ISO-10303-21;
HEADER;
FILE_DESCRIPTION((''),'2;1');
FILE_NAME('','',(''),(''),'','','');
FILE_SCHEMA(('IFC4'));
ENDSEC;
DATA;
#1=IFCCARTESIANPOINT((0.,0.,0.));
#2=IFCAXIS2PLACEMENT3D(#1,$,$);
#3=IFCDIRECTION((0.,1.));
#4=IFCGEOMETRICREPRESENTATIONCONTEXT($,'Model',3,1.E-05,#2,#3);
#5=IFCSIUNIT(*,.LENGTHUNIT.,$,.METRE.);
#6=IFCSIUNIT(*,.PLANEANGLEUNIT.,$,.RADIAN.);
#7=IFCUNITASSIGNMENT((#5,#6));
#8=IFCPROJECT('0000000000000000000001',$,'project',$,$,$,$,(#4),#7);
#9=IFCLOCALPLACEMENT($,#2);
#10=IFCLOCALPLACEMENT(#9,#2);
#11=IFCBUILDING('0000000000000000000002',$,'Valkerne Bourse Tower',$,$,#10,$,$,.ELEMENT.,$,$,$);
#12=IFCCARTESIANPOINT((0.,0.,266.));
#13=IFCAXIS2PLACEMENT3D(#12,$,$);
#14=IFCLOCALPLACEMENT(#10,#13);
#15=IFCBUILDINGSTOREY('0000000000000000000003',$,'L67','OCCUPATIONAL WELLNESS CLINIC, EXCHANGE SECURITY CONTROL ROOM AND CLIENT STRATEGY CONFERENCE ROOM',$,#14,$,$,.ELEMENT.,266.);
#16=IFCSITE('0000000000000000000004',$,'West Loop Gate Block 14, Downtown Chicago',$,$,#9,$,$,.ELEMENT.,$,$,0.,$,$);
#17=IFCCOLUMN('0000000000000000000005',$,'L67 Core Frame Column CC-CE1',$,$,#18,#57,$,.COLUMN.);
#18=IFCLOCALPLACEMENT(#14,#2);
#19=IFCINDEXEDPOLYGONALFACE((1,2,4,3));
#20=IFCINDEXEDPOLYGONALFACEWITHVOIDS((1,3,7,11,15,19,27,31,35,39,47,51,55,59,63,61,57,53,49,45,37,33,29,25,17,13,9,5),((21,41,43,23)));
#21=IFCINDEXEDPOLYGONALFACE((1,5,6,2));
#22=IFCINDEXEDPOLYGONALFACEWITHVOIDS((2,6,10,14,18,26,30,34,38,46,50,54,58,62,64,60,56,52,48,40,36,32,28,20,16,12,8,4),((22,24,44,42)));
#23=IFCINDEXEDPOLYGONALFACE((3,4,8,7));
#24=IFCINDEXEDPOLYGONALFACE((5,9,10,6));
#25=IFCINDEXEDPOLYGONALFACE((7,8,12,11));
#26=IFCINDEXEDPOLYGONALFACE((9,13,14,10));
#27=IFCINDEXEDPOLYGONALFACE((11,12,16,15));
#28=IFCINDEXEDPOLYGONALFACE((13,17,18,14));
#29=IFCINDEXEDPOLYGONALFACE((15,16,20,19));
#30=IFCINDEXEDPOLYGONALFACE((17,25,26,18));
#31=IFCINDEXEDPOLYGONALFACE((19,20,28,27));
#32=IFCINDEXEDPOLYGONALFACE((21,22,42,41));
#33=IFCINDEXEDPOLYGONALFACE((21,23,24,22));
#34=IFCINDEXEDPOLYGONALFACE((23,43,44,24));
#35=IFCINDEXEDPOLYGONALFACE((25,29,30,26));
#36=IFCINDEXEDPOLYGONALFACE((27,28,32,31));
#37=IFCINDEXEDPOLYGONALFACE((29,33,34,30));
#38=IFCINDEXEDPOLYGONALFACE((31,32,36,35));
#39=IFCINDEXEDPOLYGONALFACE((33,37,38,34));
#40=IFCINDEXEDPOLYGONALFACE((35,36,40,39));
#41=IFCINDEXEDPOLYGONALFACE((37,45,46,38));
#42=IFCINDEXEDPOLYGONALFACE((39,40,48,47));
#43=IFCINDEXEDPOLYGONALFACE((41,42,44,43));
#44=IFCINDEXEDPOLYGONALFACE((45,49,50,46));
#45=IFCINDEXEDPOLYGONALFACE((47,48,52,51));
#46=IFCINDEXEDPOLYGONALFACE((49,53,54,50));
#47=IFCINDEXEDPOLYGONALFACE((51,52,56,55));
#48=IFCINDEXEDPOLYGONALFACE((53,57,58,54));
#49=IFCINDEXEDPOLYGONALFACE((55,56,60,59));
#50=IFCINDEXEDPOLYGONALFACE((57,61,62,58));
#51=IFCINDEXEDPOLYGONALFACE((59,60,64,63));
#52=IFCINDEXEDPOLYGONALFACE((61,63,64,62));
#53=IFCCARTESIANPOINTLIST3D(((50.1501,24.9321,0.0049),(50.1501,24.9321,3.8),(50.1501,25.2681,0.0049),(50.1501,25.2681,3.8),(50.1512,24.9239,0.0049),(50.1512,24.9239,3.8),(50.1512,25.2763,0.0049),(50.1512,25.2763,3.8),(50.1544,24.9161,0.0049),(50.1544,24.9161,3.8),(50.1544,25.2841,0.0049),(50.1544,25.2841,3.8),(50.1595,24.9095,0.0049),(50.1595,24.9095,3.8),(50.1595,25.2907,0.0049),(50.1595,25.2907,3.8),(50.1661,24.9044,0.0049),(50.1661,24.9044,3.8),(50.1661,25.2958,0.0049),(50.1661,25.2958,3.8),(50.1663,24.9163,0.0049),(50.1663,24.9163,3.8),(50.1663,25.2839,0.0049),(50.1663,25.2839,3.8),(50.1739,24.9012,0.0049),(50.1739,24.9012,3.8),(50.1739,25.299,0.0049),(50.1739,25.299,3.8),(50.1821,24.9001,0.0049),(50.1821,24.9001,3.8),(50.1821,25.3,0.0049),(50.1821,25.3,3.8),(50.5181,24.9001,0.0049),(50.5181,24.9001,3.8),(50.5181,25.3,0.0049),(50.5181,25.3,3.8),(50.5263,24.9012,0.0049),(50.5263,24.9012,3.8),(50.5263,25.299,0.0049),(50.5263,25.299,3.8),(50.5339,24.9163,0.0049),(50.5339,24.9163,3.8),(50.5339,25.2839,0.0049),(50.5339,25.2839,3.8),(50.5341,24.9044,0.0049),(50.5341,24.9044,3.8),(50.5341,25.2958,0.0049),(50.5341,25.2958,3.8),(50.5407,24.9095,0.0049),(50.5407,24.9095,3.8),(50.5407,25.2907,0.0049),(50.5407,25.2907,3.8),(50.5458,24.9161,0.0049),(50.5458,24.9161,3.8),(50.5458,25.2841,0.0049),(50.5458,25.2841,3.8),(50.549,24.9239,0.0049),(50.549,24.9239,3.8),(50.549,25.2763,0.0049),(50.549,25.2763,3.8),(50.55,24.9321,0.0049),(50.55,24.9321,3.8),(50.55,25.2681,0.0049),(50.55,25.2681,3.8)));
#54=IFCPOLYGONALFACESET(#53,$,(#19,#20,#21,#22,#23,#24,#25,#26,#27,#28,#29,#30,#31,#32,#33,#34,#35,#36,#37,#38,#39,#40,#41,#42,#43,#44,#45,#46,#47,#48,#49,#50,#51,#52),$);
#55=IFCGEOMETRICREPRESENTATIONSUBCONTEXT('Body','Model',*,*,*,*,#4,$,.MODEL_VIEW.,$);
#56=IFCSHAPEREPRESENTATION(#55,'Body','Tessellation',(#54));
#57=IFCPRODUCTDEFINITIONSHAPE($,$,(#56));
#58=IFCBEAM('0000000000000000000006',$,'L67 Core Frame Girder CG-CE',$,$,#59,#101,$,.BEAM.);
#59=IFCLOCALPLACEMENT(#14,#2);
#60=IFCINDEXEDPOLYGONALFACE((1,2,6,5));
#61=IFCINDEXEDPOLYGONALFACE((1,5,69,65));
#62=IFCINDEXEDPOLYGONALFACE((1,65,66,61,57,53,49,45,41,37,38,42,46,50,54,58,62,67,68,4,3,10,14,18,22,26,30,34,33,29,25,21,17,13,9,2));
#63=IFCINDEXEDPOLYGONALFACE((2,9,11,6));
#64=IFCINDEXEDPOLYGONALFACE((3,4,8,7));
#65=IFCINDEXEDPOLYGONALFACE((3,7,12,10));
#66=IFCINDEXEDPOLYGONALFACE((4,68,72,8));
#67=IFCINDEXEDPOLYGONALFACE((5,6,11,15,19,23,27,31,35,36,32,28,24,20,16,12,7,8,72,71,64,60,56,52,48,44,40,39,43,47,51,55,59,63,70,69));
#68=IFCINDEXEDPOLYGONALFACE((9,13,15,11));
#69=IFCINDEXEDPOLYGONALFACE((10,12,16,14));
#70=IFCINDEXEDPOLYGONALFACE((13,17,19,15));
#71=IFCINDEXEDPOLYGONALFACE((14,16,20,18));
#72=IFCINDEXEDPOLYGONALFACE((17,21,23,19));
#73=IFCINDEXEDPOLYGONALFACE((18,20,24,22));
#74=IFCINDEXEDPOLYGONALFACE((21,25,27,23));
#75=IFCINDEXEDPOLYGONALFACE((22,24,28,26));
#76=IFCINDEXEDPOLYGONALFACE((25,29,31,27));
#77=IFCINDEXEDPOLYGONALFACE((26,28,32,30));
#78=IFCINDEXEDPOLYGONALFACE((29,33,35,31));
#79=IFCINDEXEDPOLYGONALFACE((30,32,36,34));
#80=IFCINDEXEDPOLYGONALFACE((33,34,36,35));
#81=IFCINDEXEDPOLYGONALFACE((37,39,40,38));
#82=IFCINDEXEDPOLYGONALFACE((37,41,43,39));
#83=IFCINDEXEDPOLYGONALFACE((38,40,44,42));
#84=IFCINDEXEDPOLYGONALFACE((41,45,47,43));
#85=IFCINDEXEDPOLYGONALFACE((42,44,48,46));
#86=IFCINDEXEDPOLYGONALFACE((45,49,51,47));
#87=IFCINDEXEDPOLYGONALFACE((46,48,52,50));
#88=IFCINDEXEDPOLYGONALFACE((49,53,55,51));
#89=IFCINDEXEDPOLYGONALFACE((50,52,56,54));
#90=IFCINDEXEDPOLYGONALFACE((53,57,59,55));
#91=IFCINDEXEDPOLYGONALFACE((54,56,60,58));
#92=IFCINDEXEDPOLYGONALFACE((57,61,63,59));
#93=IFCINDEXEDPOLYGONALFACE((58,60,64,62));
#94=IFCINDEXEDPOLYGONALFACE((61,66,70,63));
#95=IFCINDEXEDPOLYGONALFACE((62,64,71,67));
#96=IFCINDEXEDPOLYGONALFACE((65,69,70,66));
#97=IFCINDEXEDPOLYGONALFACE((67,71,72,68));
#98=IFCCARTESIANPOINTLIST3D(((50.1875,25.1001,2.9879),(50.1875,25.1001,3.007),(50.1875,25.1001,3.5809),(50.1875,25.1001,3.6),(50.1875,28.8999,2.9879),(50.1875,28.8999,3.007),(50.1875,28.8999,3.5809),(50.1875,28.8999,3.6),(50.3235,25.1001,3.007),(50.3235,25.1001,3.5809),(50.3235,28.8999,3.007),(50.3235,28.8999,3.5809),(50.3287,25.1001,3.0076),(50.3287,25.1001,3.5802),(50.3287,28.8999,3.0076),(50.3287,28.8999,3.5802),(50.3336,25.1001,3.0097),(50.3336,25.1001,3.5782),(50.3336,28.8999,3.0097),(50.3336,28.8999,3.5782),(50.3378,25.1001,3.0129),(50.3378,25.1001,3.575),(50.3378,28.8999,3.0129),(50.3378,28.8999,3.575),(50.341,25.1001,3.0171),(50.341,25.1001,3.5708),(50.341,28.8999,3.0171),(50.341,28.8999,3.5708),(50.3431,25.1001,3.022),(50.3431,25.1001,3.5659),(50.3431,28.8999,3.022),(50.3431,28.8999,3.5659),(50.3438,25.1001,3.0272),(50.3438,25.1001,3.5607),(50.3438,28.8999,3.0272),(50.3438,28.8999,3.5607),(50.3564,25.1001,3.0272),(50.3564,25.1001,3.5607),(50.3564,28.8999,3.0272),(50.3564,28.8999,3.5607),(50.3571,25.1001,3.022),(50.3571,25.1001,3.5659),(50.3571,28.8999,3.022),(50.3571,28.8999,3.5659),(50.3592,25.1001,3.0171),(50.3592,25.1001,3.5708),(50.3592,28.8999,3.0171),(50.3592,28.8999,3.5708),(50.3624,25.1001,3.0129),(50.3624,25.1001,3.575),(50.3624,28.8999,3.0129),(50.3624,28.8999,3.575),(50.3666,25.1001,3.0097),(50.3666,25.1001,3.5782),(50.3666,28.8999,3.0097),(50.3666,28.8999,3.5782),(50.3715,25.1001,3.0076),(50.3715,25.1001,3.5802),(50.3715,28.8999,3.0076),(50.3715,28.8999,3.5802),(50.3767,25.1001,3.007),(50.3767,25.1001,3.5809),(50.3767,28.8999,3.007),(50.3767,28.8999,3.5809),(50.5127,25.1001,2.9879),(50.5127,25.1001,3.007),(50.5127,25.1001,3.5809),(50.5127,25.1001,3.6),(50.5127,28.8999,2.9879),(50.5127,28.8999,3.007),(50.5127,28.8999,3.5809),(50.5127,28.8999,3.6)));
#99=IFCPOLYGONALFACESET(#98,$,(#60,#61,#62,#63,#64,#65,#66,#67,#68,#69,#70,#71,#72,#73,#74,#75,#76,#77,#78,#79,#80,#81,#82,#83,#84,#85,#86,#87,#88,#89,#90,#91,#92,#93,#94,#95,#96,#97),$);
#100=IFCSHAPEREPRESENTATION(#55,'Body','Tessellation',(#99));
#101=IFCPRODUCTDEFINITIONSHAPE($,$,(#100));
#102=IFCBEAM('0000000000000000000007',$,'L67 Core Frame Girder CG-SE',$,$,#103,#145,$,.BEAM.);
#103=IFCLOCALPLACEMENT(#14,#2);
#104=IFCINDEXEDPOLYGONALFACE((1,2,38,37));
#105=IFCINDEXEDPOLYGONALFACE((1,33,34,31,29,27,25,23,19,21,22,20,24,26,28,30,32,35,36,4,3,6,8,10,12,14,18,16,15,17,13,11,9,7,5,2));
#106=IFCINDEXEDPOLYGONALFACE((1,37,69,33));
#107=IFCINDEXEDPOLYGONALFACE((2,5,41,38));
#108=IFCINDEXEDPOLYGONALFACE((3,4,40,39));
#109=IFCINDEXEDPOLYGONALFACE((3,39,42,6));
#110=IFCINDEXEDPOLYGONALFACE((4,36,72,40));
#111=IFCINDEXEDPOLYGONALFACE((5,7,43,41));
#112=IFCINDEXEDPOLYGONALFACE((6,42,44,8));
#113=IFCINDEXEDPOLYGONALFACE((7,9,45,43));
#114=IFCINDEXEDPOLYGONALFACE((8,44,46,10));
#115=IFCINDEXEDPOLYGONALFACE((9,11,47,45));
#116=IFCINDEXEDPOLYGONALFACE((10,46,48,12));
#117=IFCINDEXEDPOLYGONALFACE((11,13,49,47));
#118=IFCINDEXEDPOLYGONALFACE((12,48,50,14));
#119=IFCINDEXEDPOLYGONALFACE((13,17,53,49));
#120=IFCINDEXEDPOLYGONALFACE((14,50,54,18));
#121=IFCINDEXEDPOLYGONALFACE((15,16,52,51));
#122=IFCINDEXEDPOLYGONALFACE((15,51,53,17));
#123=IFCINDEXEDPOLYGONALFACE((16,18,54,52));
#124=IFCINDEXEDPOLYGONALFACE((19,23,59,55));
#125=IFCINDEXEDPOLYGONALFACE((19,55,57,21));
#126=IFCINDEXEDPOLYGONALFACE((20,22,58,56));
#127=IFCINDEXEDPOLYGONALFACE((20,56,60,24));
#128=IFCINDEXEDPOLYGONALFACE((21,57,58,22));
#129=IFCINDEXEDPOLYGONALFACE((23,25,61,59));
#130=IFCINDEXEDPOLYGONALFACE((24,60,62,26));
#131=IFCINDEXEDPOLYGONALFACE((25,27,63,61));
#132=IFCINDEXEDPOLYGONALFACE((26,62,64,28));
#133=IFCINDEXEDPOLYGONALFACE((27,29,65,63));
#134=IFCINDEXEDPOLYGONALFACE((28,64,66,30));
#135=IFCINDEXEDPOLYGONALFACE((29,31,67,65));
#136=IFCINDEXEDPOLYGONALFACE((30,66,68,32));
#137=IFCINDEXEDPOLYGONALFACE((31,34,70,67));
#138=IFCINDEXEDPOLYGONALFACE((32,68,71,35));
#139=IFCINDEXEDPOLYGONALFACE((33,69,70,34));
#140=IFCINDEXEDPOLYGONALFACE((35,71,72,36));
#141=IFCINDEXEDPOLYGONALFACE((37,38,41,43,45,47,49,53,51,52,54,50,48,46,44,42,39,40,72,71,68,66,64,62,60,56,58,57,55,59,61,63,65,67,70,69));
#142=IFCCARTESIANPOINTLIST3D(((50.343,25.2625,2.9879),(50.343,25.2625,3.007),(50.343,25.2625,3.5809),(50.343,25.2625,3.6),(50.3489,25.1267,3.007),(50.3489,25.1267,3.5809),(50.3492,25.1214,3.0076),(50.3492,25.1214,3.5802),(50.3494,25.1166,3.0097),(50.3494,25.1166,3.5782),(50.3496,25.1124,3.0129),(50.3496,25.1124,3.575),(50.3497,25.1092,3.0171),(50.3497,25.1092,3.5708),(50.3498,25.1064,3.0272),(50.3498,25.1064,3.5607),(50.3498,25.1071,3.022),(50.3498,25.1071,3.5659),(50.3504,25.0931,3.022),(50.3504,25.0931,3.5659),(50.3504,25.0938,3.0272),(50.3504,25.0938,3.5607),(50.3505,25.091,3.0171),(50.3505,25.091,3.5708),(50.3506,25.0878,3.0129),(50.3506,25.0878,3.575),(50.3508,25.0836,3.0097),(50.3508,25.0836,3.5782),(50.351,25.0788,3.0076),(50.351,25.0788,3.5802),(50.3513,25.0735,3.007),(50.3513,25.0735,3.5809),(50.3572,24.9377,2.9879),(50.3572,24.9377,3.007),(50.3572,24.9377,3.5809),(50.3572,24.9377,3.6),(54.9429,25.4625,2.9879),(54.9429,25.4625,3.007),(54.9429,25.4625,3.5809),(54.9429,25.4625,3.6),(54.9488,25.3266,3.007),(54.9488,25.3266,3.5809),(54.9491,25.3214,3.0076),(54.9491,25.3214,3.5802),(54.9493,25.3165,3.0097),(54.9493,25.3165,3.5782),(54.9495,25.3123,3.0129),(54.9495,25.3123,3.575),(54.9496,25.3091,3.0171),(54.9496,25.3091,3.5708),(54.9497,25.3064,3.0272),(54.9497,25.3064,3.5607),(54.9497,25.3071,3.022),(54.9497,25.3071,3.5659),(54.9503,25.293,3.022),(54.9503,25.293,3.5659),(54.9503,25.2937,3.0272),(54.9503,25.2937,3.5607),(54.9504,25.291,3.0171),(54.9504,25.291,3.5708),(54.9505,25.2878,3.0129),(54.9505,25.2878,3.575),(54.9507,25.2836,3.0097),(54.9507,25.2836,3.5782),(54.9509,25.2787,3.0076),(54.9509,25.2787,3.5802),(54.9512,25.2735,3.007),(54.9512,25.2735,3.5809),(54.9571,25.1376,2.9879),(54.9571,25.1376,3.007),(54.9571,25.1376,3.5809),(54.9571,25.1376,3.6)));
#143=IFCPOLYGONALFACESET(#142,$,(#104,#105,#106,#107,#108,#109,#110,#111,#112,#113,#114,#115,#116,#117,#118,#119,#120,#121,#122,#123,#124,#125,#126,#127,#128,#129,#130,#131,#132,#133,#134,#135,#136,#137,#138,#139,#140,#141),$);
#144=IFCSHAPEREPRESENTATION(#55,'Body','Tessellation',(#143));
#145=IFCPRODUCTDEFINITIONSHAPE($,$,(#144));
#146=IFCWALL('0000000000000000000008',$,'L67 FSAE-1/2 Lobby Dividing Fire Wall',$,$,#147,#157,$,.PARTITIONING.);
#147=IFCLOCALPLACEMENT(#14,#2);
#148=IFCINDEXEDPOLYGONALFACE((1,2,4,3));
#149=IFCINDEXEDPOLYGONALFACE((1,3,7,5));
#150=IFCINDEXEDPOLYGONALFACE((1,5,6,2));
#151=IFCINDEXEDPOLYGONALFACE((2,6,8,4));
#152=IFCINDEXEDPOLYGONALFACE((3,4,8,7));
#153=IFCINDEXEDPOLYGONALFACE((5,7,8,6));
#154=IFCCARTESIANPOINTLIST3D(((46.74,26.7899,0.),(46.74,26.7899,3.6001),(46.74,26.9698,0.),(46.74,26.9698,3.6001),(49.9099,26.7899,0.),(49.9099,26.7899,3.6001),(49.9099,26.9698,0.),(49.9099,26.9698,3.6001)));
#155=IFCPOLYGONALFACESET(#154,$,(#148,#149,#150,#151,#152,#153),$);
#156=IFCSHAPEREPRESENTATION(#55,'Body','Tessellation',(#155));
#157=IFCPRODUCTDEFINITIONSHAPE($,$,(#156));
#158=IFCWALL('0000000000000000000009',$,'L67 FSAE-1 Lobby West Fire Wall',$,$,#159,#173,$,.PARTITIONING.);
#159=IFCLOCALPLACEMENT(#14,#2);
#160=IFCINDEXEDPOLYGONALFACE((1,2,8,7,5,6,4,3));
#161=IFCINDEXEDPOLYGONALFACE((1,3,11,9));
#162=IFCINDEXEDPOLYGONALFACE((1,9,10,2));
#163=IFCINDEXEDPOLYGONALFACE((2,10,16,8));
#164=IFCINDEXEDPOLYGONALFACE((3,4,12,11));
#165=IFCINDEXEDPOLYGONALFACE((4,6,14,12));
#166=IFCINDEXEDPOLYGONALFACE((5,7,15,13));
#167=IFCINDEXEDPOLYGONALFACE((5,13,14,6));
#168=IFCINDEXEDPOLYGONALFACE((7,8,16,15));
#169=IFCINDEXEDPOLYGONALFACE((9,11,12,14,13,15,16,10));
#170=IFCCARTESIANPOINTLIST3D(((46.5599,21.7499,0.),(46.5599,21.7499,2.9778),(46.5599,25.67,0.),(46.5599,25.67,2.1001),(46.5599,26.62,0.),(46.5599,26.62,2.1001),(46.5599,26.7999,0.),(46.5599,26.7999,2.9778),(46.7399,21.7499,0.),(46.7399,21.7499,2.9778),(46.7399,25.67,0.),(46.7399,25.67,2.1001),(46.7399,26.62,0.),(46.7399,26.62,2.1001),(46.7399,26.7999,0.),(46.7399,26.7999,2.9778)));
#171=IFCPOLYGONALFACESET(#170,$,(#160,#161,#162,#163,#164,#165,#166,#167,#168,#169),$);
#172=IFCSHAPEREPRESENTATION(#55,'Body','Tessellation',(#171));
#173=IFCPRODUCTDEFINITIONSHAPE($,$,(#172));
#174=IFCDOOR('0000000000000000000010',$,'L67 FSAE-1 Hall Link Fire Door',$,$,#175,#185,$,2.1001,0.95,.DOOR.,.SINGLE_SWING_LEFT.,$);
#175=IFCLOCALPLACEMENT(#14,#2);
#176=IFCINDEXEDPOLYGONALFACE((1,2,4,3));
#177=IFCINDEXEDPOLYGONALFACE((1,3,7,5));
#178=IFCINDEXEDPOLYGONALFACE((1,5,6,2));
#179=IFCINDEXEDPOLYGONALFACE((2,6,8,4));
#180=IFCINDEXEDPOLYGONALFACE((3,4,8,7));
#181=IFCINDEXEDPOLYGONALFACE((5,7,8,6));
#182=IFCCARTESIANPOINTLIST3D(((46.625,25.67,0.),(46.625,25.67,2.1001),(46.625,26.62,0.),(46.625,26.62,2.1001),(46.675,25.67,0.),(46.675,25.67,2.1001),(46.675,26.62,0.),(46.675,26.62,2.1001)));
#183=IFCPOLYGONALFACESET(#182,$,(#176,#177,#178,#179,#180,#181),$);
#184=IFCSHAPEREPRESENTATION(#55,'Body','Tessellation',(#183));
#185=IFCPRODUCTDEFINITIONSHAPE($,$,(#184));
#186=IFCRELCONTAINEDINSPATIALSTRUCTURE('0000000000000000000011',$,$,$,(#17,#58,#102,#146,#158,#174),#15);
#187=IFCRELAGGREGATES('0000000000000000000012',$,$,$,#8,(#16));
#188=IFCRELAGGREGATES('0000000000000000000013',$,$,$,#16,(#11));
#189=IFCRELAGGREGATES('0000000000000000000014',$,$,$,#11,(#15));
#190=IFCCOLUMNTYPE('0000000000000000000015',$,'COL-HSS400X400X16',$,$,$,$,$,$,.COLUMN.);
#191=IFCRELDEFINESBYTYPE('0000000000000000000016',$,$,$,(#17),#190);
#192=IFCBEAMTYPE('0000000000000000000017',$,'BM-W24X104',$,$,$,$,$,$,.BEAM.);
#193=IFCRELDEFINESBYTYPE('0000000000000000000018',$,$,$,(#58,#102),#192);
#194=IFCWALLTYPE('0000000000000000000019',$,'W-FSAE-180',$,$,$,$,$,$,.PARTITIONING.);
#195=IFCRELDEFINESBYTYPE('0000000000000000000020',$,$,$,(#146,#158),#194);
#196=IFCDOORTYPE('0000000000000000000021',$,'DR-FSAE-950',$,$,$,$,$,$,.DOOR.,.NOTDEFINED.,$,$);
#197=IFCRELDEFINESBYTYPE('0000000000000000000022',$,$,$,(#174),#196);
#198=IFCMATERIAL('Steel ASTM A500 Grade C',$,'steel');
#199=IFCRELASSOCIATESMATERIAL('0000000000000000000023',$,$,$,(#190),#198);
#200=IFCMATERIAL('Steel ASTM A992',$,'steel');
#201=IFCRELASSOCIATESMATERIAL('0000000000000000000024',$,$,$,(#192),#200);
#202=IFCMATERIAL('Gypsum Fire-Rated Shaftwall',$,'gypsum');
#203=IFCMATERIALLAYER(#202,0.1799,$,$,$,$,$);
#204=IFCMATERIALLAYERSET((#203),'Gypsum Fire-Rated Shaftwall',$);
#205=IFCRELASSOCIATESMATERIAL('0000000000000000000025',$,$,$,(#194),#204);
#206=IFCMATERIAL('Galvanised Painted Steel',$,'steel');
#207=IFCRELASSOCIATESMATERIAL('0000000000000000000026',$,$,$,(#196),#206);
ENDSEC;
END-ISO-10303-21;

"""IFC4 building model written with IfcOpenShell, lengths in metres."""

from ifc_helpers import new_model, si_unit, direction, frame, frame_2d, origin, origin_2d, place, context, subcontext, project, spatial, rectangle, hollow_rectangle, i_section, extrude, material, layer, layer_set, material_profile, profile_set, type_object, element, fill, save


model = new_model("IFC4")

# Units and contexts
model_context = context("Model", 3, precision=1e-05, world=origin(), true_north=direction((0.0, 1.0)))
body_context = subcontext(model_context, "Body", "Model", "MODEL_VIEW")
ifc_project = project(units=[si_unit("LENGTHUNIT", "METRE"), si_unit("PLANEANGLEUNIT", "RADIAN")], contexts=[model_context])

# Site, building, storey
site_placement = place(None, origin())
site = spatial("IfcSite", under=ifc_project, at=site_placement, Name="West Loop Gate Block 14, Downtown Chicago", CompositionType="ELEMENT", RefElevation=0.0)
building_placement = place(site_placement, origin())
building = spatial("IfcBuilding", under=site, at=building_placement, Name="Valkerne Bourse Tower", CompositionType="ELEMENT")
storey_placement = place(building_placement, frame((0.0, 0.0, 266.0)))
storey = spatial("IfcBuildingStorey", under=building, at=storey_placement, Name="L67", Description="OCCUPATIONAL WELLNESS CLINIC, EXCHANGE SECURITY CONTROL ROOM AND CLIENT STRATEGY CONFERENCE ROOM", CompositionType="ELEMENT", Elevation=266.0)

# Column
ifc_material_1 = material(Name="Steel ASTM A500 Grade C", Category="steel")
ifc_material_profile_1 = material_profile(ifc_material_1, hollow_rectangle(XDim=0.3999, YDim=0.3999, WallThickness=0.0161, OuterFilletRadius=0.032, at=origin_2d()), Name="HSS400X400X16")
ifc_profile_set_1 = profile_set([ifc_material_profile_1], Name="Steel ASTM A500 Grade C")
column_type = type_object("IfcColumnType", Name="COL-HSS400X400X16", PredefinedType="COLUMN", material=ifc_profile_set_1)
column_placement = place(storey_placement, frame((50.3501, 25.1001, 0.0049), z_axis=(0.0, 0.0, 1.0), x_axis=(1.0, 0.0, 0.0)))
element("IfcColumn", 1, at=column_placement, inside=storey, type_object=column_type, Name="L67 Core Frame Column CC-CE1", PredefinedType="COLUMN", context=body_context, shape_type="SweptSolid", body=[
    extrude(hollow_rectangle(XDim=0.3999, YDim=0.3999, WallThickness=0.0161, OuterFilletRadius=0.032, at=origin_2d()), origin(), (0.0, 0.0, 1.0), 3.7952),
])

# Beams
ifc_material_2 = material(Name="Steel ASTM A992", Category="steel")
ifc_material_profile_2 = material_profile(ifc_material_2, i_section(OverallWidth=0.3252, OverallDepth=0.6121, WebThickness=0.0127, FlangeThickness=0.019, FilletRadius=0.0203, at=origin_2d()), Name="W24X104")
ifc_profile_set_2 = profile_set([ifc_material_profile_2], Name="Steel ASTM A992")
beam_type = type_object("IfcBeamType", Name="BM-W24X104", PredefinedType="BEAM", material=ifc_profile_set_2)
beam_1_placement = place(storey_placement, frame((50.3501, 25.1001, 3.2939), z_axis=(0.0, 1.0, 0.0), x_axis=(-1.0, 0.0, 0.0)))
element("IfcBeam", 2, at=beam_1_placement, inside=storey, type_object=beam_type, Name="L67 Core Frame Girder CG-CE", PredefinedType="BEAM", context=body_context, shape_type="SweptSolid", body=[
    extrude(i_section(OverallWidth=0.3252, OverallDepth=0.6121, WebThickness=0.0127, FlangeThickness=0.019, FilletRadius=0.0203, at=origin_2d()), origin(), (0.0, 0.0, 1.0), 3.7998),
])
beam_2_placement = place(storey_placement, frame((50.3501, 25.1001, 3.2939), z_axis=(0.999057, 0.043428, 0.0), x_axis=(-0.043428, 0.999057, 0.0)))
element("IfcBeam", 3, at=beam_2_placement, inside=storey, type_object=beam_type, Name="L67 Core Frame Girder CG-SE", PredefinedType="BEAM", context=body_context, shape_type="SweptSolid", body=[
    extrude(i_section(OverallWidth=0.3252, OverallDepth=0.6121, WebThickness=0.0127, FlangeThickness=0.019, FilletRadius=0.0203, at=origin_2d()), origin(), (0.0, 0.0, 1.0), 4.6042),
])

# Wall
ifc_material_3 = material(Name="Gypsum Fire-Rated Shaftwall", Category="gypsum")
ifc_layer_1 = layer(ifc_material_3, 0.1799)
ifc_layer_set_1 = layer_set([ifc_layer_1], Name="Gypsum Fire-Rated Shaftwall")
wall_type_1 = type_object("IfcWallType", Name="W-FSAE-180", PredefinedType="PARTITIONING", material=ifc_layer_set_1)
wall_1_placement = place(storey_placement, frame((46.74, 26.8799, 0.0), z_axis=(0.0, 0.0, 1.0), x_axis=(1.0, 0.0, 0.0)))
element("IfcWall", 4, at=wall_1_placement, inside=storey, type_object=wall_type_1, Name="L67 FSAE-1/2 Lobby Dividing Fire Wall", PredefinedType="PARTITIONING", context=body_context, shape_type="SweptSolid", body=[
    extrude(rectangle(XDim=3.1699, YDim=0.1799, at=frame_2d((1.585, 0.0))), origin(), (0.0, 0.0, 1.0), 3.6001),
])

# Wall, opening, door
wall_2_placement = place(storey_placement, frame((46.6499, 21.75, 0.0), z_axis=(0.0, 0.0, 1.0), x_axis=(0.0, 1.0, 0.0)))
wall_2 = element("IfcWall", 5, at=wall_2_placement, inside=storey, type_object=wall_type_1, Name="L67 FSAE-1 Lobby West Fire Wall", PredefinedType="PARTITIONING", context=body_context, shape_type="SweptSolid", body=[
    extrude(rectangle(XDim=5.05, YDim=0.1799, at=frame_2d((2.5249, 0.0))), origin(), (0.0, 0.0, 1.0), 2.9778),
])
opening_1_placement = place(wall_2_placement, frame((3.9199, 0.0, 0.0)))
opening_1 = element("IfcOpeningElement", 6, at=opening_1_placement, cuts=wall_2, PredefinedType="OPENING", context=body_context, shape_type="SweptSolid", body=[
    extrude(rectangle(XDim=0.95, YDim=2.1001, at=frame_2d((0.4751, 1.05))), frame((0.0, 0.0999, 0.0), z_axis=(0.0, -1.0, 0.0), x_axis=(1.0, 0.0, 0.0)), (0.0, 0.0, 1.0), 0.2),
])
ifc_material_4 = material(Name="Galvanised Painted Steel", Category="steel")
door_type_1 = type_object("IfcDoorType", Name="DR-FSAE-950", OperationType="NOTDEFINED", PredefinedType="DOOR", material=ifc_material_4)
door_1_placement = place(opening_1_placement, origin())
door_1 = element("IfcDoor", 7, at=door_1_placement, inside=storey, type_object=door_type_1, Name="L67 FSAE-1 Hall Link Fire Door", OperationType="SINGLE_SWING_LEFT", OverallHeight=2.1001, OverallWidth=0.95, PredefinedType="DOOR", context=body_context, shape_type="SweptSolid", body=[
    extrude(rectangle(XDim=0.95, YDim=2.1001, at=frame_2d((0.4751, 1.05))), frame((0.0, 0.0249, 0.0), z_axis=(0.0, -1.0, 0.0), x_axis=(1.0, 0.0, 0.0)), (0.0, 0.0, 1.0), 0.05),
])
fill(opening_1, door_1)

save(model, "model.ifc")
